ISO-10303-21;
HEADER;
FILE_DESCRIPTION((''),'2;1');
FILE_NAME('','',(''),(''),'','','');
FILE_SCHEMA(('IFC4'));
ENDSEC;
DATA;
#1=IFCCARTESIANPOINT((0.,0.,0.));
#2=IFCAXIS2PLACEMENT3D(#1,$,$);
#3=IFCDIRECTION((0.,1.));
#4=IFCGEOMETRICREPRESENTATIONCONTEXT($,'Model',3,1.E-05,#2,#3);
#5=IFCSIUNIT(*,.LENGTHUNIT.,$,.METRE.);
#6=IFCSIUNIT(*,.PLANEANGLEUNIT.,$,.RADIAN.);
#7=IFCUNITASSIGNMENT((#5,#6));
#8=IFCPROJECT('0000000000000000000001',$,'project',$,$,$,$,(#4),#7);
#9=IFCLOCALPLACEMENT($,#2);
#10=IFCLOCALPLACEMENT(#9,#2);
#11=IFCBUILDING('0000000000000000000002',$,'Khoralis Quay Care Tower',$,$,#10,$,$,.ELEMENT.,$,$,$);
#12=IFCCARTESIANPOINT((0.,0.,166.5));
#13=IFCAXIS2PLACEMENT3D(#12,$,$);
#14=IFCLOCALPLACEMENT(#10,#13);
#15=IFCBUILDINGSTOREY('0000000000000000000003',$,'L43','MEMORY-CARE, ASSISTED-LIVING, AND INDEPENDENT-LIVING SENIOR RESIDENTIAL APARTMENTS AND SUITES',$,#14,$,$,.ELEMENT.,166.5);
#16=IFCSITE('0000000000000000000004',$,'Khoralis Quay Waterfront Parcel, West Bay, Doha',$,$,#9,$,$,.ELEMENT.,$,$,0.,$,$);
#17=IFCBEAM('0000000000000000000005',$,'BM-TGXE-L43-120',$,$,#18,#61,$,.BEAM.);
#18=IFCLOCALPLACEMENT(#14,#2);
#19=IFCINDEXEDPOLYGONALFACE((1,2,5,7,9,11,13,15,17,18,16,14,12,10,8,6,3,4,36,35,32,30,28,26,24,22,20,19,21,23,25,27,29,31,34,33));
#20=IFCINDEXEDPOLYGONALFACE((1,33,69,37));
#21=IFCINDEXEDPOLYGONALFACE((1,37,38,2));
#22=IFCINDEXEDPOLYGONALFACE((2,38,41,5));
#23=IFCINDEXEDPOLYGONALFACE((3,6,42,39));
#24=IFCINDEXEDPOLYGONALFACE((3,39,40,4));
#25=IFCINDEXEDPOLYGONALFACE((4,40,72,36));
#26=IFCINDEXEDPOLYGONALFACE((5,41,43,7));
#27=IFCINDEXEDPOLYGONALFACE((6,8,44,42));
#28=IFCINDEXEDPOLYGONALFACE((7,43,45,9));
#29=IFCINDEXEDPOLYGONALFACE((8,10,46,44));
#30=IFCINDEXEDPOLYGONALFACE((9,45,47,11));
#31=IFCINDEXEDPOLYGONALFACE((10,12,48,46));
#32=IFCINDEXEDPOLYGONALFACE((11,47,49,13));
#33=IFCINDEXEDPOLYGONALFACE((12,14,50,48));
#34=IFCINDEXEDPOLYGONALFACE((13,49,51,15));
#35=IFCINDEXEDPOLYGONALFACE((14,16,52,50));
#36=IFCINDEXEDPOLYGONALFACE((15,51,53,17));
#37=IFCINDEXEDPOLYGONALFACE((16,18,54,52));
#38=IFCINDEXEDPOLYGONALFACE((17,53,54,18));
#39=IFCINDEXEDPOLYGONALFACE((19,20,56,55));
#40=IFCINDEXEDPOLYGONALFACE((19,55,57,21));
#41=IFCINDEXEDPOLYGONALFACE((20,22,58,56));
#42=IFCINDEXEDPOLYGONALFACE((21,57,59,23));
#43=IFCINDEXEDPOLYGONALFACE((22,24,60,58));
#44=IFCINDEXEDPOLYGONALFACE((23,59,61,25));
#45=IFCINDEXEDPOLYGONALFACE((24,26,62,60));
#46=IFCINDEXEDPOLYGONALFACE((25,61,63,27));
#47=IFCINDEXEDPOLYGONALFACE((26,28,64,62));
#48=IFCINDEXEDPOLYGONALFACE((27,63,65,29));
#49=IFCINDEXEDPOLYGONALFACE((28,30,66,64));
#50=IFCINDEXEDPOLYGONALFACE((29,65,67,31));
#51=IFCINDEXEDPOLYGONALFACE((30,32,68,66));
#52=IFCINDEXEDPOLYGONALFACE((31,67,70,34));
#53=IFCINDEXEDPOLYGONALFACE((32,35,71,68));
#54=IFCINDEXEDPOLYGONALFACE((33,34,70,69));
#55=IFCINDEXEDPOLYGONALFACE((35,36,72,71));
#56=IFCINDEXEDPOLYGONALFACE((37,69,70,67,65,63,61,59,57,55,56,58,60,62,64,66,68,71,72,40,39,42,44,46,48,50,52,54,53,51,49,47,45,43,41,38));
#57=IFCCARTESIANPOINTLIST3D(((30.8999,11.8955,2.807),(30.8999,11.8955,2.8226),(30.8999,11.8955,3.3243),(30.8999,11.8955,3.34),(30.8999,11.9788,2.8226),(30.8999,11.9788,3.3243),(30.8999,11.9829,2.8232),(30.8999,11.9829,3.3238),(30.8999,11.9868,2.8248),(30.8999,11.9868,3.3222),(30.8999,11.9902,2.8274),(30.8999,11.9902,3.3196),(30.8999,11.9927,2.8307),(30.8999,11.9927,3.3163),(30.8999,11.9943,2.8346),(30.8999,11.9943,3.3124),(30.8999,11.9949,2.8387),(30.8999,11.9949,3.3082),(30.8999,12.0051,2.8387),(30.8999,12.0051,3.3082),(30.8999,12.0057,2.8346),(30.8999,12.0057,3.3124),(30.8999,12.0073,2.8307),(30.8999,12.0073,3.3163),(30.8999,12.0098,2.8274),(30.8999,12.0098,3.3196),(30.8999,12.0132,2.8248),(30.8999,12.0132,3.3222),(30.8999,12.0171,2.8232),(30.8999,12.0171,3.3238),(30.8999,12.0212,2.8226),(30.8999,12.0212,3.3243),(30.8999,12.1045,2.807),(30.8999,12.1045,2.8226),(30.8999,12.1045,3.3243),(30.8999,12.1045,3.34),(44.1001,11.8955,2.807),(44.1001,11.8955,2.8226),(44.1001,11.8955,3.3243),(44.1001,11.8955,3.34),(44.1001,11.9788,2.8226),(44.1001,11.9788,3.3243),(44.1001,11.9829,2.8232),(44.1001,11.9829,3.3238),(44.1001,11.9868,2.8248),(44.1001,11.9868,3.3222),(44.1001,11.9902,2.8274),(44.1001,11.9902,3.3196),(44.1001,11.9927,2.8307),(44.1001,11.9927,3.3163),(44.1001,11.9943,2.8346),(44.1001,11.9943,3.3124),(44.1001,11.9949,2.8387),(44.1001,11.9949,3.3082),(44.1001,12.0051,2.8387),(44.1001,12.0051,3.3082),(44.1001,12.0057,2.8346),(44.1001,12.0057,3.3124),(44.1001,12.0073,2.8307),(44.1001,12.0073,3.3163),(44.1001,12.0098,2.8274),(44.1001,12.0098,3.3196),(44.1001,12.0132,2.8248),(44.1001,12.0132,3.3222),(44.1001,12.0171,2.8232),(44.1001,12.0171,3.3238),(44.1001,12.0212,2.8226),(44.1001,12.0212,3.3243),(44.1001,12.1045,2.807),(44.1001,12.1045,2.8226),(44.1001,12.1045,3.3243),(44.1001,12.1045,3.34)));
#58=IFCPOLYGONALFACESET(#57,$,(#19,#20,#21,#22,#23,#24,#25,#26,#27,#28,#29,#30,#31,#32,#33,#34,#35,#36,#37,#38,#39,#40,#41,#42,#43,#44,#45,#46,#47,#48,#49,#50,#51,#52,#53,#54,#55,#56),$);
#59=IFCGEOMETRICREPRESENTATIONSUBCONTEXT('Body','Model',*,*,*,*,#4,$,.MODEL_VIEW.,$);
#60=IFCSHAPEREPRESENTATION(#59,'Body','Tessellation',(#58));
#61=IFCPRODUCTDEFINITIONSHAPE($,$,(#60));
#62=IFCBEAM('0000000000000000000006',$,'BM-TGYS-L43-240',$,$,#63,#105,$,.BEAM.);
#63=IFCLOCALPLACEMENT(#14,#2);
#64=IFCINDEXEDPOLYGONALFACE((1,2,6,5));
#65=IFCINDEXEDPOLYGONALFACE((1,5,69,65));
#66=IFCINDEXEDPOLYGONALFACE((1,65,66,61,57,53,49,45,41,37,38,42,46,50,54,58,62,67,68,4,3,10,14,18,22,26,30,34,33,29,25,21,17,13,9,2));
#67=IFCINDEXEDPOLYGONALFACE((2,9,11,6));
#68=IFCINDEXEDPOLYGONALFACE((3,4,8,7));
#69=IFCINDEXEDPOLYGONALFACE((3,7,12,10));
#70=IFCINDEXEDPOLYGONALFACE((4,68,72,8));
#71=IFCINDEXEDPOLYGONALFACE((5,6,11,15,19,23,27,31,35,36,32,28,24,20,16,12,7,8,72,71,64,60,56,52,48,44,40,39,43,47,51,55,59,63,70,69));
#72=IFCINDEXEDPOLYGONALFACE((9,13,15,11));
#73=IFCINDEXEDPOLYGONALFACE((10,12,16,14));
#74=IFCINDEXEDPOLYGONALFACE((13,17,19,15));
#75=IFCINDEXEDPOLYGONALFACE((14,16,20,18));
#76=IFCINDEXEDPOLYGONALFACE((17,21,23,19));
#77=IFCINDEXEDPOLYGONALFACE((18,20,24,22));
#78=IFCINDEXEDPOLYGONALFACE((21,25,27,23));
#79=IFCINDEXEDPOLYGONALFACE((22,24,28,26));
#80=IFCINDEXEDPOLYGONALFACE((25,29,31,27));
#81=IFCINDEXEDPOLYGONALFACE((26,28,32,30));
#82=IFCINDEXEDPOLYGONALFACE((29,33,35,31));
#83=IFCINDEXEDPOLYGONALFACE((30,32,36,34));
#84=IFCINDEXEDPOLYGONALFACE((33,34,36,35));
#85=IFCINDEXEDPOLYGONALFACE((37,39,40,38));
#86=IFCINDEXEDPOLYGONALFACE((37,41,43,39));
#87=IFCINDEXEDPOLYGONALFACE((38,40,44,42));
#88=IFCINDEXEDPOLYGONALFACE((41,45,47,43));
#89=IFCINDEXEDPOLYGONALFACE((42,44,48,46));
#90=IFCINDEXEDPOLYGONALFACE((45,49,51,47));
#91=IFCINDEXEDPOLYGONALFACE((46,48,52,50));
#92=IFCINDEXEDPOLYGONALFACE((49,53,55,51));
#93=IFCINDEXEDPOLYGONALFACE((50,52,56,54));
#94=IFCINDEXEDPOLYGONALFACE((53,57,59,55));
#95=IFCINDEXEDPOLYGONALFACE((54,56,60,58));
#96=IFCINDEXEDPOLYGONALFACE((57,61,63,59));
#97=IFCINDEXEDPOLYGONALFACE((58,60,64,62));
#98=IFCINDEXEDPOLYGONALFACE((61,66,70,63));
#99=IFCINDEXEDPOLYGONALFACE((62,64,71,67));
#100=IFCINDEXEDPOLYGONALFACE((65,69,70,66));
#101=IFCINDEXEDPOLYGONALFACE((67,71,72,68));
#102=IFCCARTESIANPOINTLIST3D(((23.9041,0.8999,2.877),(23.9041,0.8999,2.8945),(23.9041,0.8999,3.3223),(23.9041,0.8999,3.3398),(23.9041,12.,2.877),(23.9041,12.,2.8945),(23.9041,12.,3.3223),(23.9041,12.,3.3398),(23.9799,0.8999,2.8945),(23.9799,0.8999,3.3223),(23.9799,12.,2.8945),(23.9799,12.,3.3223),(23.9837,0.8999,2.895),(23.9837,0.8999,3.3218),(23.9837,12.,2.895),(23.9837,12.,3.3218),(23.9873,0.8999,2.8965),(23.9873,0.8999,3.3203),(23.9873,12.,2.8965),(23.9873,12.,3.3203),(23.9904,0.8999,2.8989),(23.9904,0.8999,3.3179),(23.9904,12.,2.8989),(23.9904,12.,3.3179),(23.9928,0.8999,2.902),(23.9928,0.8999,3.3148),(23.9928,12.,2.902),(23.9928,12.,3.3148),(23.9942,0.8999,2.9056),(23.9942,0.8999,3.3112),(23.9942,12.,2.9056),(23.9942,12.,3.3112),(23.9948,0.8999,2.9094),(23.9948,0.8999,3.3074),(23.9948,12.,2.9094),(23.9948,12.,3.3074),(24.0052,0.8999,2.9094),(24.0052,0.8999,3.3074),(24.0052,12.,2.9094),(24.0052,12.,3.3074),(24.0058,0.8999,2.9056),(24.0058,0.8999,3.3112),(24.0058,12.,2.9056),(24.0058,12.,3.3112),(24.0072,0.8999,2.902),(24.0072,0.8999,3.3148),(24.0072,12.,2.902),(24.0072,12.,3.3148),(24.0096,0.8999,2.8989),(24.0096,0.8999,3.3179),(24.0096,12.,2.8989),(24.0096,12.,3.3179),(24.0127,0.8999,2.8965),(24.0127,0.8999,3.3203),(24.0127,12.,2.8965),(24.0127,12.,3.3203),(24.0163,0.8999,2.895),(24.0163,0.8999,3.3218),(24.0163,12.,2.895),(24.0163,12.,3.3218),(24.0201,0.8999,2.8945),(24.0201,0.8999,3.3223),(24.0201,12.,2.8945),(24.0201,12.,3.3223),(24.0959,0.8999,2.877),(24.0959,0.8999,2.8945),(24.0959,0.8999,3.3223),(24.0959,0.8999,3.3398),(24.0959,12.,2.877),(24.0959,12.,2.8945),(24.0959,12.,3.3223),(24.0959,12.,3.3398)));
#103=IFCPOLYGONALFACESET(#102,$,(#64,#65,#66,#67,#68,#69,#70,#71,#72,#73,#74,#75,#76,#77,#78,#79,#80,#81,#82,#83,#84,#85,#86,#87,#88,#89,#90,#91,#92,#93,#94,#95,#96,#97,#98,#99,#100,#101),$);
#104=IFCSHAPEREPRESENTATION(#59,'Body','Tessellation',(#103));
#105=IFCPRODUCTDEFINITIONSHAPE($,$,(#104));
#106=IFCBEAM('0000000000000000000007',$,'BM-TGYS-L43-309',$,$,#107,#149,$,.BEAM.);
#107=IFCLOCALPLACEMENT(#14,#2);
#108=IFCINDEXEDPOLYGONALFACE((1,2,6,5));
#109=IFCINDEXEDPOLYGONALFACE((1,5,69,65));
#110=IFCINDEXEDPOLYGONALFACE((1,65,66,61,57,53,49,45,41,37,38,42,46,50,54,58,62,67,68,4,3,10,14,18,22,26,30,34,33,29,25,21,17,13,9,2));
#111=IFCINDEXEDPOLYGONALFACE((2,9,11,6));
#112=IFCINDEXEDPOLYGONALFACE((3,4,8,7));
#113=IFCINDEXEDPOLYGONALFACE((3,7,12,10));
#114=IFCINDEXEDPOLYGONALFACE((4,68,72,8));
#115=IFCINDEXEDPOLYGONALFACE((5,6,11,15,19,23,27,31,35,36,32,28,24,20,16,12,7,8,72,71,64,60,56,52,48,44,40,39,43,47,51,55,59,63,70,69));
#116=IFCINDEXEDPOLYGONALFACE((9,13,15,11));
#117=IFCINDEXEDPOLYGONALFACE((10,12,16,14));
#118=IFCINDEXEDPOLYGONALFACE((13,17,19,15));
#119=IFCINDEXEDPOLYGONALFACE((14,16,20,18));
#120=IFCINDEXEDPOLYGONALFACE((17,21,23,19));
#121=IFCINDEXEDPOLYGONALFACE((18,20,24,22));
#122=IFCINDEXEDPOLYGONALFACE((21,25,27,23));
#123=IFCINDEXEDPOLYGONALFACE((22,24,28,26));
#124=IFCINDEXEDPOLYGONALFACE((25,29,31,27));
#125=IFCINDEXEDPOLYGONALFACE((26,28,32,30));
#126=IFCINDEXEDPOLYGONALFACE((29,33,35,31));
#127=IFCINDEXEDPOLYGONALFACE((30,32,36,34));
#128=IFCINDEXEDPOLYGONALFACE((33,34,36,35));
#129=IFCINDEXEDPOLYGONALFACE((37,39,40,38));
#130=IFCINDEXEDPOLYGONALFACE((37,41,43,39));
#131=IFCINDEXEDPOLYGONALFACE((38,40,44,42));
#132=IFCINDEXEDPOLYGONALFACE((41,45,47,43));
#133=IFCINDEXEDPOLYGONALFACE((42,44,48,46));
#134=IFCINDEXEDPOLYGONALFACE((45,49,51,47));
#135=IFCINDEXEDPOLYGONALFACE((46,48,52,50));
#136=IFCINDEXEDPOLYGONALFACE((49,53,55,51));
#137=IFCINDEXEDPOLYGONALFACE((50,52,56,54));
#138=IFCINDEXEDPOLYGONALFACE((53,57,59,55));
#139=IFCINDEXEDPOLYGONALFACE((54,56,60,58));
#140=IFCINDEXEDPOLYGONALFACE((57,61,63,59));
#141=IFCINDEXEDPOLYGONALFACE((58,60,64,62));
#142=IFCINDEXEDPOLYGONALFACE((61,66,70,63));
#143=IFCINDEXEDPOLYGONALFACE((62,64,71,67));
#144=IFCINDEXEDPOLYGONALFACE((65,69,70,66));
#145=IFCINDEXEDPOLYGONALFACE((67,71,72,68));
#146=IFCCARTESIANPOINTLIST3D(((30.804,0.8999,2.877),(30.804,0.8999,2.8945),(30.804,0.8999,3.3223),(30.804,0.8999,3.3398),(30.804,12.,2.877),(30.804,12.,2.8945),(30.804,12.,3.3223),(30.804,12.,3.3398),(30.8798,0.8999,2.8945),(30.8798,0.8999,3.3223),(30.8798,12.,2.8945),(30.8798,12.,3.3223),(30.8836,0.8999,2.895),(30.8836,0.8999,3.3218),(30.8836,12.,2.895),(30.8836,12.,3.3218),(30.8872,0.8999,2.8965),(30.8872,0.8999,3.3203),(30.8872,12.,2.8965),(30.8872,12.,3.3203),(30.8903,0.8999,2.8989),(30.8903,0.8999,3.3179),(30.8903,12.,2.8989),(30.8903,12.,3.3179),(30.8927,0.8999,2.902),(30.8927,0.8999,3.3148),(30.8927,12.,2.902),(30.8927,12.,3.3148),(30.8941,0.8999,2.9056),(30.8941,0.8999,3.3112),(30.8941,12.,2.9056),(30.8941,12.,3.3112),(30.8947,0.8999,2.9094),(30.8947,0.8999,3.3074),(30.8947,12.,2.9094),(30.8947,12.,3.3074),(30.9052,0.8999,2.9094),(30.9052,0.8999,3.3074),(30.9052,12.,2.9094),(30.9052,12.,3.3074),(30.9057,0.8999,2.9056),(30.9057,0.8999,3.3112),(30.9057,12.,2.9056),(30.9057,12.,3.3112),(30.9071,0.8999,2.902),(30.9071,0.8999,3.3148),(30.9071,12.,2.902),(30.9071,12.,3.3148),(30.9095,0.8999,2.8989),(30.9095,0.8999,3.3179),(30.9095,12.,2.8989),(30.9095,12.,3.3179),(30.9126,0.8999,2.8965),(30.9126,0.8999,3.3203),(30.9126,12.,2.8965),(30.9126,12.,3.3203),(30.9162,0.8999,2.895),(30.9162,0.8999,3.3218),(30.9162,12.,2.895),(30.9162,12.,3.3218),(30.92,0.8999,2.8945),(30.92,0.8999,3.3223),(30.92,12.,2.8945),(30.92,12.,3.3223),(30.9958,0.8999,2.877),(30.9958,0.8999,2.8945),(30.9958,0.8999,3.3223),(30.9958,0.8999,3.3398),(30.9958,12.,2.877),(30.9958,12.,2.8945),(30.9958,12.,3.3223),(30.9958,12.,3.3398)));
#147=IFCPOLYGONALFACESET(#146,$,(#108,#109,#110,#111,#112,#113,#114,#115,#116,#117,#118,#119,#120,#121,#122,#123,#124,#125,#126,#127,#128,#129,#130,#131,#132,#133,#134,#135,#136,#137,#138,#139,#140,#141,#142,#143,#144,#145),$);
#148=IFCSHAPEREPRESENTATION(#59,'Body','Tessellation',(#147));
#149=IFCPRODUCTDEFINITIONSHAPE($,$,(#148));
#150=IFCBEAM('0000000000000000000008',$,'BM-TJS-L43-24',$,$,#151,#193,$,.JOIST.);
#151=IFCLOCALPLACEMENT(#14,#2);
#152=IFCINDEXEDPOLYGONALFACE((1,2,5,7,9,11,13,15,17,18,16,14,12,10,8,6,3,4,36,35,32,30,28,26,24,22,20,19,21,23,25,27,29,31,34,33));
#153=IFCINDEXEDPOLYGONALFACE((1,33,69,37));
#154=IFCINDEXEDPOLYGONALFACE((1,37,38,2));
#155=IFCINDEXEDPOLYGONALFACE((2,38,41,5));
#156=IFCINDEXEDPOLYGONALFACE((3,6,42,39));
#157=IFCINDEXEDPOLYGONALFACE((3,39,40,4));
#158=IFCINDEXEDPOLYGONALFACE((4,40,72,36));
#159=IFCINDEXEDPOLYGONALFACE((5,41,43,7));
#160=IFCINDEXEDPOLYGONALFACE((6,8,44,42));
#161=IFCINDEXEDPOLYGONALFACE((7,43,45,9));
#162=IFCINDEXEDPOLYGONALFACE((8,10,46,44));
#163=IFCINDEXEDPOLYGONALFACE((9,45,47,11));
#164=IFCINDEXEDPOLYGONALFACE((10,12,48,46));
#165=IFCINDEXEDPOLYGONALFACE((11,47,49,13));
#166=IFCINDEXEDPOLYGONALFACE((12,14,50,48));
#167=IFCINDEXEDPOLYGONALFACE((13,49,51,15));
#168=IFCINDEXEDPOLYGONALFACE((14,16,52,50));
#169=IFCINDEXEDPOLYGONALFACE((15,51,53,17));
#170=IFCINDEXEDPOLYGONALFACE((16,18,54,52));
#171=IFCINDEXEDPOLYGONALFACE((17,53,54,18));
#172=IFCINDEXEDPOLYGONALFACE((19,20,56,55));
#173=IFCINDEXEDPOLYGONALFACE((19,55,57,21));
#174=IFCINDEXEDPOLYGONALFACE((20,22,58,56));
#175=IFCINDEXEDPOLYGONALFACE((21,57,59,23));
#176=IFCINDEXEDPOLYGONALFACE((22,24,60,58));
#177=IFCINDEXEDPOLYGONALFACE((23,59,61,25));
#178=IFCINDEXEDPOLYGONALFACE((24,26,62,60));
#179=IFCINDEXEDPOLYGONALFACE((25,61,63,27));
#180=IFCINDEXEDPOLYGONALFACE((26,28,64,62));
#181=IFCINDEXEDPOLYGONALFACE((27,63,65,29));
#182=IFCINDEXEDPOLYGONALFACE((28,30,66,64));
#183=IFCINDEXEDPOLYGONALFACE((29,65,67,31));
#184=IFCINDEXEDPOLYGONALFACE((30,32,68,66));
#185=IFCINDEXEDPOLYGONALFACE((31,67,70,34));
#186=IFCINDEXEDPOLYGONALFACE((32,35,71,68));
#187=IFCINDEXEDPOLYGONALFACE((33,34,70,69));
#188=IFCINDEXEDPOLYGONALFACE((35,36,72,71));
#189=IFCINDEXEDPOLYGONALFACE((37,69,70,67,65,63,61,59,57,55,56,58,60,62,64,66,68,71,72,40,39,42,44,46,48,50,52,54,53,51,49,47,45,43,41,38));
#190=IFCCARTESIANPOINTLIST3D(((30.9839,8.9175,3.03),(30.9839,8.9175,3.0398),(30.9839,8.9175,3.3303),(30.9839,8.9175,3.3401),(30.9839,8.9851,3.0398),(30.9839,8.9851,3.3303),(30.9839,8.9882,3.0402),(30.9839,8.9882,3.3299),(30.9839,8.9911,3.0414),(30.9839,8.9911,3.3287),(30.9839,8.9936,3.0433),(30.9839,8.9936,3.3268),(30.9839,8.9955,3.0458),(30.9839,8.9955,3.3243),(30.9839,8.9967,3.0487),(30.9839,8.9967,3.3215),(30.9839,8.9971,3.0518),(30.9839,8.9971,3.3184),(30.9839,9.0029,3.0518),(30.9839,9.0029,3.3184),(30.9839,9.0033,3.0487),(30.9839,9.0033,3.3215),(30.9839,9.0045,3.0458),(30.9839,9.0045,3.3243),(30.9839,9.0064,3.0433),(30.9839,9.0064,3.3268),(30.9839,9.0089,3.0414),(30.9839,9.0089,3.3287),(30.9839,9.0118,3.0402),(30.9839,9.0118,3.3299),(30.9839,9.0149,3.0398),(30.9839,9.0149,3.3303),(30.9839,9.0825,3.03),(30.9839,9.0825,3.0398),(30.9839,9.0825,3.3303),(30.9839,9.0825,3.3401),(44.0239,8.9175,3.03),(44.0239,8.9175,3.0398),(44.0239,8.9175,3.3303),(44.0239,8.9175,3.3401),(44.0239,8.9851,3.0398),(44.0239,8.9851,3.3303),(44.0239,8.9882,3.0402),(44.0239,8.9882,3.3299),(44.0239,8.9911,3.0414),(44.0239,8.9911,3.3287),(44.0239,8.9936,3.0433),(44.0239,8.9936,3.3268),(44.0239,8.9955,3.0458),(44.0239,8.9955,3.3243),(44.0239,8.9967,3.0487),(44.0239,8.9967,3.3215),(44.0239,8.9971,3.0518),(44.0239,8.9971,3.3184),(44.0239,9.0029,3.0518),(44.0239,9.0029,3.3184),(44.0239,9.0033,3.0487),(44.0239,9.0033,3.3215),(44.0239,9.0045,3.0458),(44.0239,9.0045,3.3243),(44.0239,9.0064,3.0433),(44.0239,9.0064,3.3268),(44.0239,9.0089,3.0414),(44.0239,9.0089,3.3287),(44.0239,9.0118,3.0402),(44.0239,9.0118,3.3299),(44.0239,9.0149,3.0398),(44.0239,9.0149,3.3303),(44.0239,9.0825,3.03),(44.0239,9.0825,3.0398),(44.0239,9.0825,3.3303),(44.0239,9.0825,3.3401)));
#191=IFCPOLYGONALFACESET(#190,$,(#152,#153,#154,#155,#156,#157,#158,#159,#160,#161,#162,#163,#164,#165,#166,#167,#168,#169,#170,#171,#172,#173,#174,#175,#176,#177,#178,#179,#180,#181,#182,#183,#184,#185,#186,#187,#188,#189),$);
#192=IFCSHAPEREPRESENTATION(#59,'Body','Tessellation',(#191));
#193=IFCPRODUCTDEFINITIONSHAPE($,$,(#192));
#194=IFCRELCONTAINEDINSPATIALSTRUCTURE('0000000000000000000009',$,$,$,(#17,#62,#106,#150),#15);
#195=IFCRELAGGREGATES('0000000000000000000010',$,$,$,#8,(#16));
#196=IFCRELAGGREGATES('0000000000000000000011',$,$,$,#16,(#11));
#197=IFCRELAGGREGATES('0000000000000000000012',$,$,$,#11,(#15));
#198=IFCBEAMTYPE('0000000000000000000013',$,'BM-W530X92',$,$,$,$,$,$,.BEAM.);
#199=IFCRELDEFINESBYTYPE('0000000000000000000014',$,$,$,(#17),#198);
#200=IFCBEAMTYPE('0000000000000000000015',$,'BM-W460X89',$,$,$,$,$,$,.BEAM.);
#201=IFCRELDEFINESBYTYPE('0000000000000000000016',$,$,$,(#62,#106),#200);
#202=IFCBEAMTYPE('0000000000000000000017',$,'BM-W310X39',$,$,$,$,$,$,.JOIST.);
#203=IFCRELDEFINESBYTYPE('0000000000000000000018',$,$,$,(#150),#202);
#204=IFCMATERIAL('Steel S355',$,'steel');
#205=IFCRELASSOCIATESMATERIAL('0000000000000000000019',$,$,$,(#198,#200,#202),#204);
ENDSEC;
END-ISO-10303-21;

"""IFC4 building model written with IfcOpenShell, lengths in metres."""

from ifc_helpers import new_model, si_unit, direction, frame, origin, origin_2d, place, context, subcontext, project, spatial, i_section, extrude, source, transform, mapped, material, material_profile, profile_set, type_object, element, save


model = new_model("IFC4")

# Units and contexts
model_context = context("Model", 3, precision=1e-05, world=origin(), true_north=direction((0.0, 1.0)))
body_context = subcontext(model_context, "Body", "Model", "MODEL_VIEW")
ifc_project = project(units=[si_unit("LENGTHUNIT", "METRE"), si_unit("PLANEANGLEUNIT", "RADIAN")], contexts=[model_context])

# Site, building, storey
site_placement = place(None, origin())
site = spatial("IfcSite", under=ifc_project, at=site_placement, Name="Khoralis Quay Waterfront Parcel, West Bay, Doha", CompositionType="ELEMENT", RefElevation=0.0)
building_placement = place(site_placement, origin())
building = spatial("IfcBuilding", under=site, at=building_placement, Name="Khoralis Quay Care Tower", CompositionType="ELEMENT")
storey_placement = place(building_placement, frame((0.0, 0.0, 166.5)))
storey = spatial("IfcBuildingStorey", under=building, at=storey_placement, Name="L43", Description="MEMORY-CARE, ASSISTED-LIVING, AND INDEPENDENT-LIVING SENIOR RESIDENTIAL APARTMENTS AND SUITES", CompositionType="ELEMENT", Elevation=166.5)

# Beams
ifc_material_1 = material(Name="Steel S355", Category="steel")
ifc_material_profile_1 = material_profile(ifc_material_1, i_section(OverallWidth=0.209, OverallDepth=0.533, WebThickness=0.0103, FlangeThickness=0.0156, FilletRadius=0.0161, at=origin_2d()), Name="Steel S355")
ifc_profile_set_1 = profile_set([ifc_material_profile_1], Name="Steel S355")
beam_type_1 = type_object("IfcBeamType", Name="BM-W530X92", PredefinedType="BEAM", material=ifc_profile_set_1)
shared_shape_1 = source(origin(), body_context, "Body", "SweptSolid", [
    extrude(i_section(OverallWidth=0.209, OverallDepth=0.533, WebThickness=0.0103, FlangeThickness=0.0156, FilletRadius=0.0161, at=origin_2d()), origin(), (0.0, 0.0, 1.0), 13.2002),
])
beam_1_placement = place(storey_placement, frame((30.8999, 12.0, 3.0735), z_axis=(1.0, 0.0, 0.0), x_axis=(0.0, 1.0, 0.0)))
element("IfcBeam", 1, at=beam_1_placement, inside=storey, type_object=beam_type_1, Name="BM-TGXE-L43-120", PredefinedType="BEAM", context=body_context, shape_type="MappedRepresentation", body=[
    mapped(shared_shape_1, transform((0.0, 0.0, 0.0), scale=1.0)),
])
ifc_material_profile_2 = material_profile(ifc_material_1, i_section(OverallWidth=0.1919, OverallDepth=0.4629, WebThickness=0.0105, FlangeThickness=0.0176, FilletRadius=0.0149, at=origin_2d()), Name="Steel S355")
ifc_profile_set_2 = profile_set([ifc_material_profile_2], Name="Steel S355")
beam_type_2 = type_object("IfcBeamType", Name="BM-W460X89", PredefinedType="BEAM", material=ifc_profile_set_2)
shared_shape_2 = source(origin(), body_context, "Body", "SweptSolid", [
    extrude(i_section(OverallWidth=0.1919, OverallDepth=0.4629, WebThickness=0.0105, FlangeThickness=0.0176, FilletRadius=0.0149, at=origin_2d()), origin(), (0.0, 0.0, 1.0), 11.1001),
])
for number, where, z_axis, x_axis, name in (
    (2, (24.0, 0.8999, 3.1084), (0.0, 1.0, 0.0), (-1.0, 0.0, 0.0), "BM-TGYS-L43-240"),
    (3, (30.8999, 0.8999, 3.1084), (0.0, 1.0, 0.0), (-1.0, 0.0, 0.0), "BM-TGYS-L43-309"),
):
    element("IfcBeam", number, at=place(storey_placement, frame(where, z_axis=z_axis, x_axis=x_axis)), inside=storey, type_object=beam_type_2, Name=name, PredefinedType="BEAM", context=body_context, shape_type="MappedRepresentation", body=[
        mapped(shared_shape_2, transform((0.0, 0.0, 0.0), scale=1.0)),
    ])
ifc_material_profile_3 = material_profile(ifc_material_1, i_section(OverallWidth=0.165, OverallDepth=0.3101, WebThickness=0.0059, FlangeThickness=0.0098, FilletRadius=0.012, at=origin_2d()), Name="Steel S355")
ifc_profile_set_3 = profile_set([ifc_material_profile_3], Name="Steel S355")
beam_type_3 = type_object("IfcBeamType", Name="BM-W310X39", PredefinedType="JOIST", material=ifc_profile_set_3)
shared_shape_3 = source(origin(), body_context, "Body", "SweptSolid", [
    extrude(i_section(OverallWidth=0.165, OverallDepth=0.3101, WebThickness=0.0059, FlangeThickness=0.0098, FilletRadius=0.012, at=origin_2d()), origin(), (0.0, 0.0, 1.0), 13.04),
])
beam_2_placement = place(storey_placement, frame((30.9839, 9.0, 3.1851), z_axis=(1.0, 0.0, 0.0), x_axis=(0.0, 1.0, 0.0)))
element("IfcBeam", 4, at=beam_2_placement, inside=storey, type_object=beam_type_3, Name="BM-TJS-L43-24", PredefinedType="JOIST", context=body_context, shape_type="MappedRepresentation", body=[
    mapped(shared_shape_3, transform((0.0, 0.0, 0.0), scale=1.0)),
])

save(model, "model.ifc")
